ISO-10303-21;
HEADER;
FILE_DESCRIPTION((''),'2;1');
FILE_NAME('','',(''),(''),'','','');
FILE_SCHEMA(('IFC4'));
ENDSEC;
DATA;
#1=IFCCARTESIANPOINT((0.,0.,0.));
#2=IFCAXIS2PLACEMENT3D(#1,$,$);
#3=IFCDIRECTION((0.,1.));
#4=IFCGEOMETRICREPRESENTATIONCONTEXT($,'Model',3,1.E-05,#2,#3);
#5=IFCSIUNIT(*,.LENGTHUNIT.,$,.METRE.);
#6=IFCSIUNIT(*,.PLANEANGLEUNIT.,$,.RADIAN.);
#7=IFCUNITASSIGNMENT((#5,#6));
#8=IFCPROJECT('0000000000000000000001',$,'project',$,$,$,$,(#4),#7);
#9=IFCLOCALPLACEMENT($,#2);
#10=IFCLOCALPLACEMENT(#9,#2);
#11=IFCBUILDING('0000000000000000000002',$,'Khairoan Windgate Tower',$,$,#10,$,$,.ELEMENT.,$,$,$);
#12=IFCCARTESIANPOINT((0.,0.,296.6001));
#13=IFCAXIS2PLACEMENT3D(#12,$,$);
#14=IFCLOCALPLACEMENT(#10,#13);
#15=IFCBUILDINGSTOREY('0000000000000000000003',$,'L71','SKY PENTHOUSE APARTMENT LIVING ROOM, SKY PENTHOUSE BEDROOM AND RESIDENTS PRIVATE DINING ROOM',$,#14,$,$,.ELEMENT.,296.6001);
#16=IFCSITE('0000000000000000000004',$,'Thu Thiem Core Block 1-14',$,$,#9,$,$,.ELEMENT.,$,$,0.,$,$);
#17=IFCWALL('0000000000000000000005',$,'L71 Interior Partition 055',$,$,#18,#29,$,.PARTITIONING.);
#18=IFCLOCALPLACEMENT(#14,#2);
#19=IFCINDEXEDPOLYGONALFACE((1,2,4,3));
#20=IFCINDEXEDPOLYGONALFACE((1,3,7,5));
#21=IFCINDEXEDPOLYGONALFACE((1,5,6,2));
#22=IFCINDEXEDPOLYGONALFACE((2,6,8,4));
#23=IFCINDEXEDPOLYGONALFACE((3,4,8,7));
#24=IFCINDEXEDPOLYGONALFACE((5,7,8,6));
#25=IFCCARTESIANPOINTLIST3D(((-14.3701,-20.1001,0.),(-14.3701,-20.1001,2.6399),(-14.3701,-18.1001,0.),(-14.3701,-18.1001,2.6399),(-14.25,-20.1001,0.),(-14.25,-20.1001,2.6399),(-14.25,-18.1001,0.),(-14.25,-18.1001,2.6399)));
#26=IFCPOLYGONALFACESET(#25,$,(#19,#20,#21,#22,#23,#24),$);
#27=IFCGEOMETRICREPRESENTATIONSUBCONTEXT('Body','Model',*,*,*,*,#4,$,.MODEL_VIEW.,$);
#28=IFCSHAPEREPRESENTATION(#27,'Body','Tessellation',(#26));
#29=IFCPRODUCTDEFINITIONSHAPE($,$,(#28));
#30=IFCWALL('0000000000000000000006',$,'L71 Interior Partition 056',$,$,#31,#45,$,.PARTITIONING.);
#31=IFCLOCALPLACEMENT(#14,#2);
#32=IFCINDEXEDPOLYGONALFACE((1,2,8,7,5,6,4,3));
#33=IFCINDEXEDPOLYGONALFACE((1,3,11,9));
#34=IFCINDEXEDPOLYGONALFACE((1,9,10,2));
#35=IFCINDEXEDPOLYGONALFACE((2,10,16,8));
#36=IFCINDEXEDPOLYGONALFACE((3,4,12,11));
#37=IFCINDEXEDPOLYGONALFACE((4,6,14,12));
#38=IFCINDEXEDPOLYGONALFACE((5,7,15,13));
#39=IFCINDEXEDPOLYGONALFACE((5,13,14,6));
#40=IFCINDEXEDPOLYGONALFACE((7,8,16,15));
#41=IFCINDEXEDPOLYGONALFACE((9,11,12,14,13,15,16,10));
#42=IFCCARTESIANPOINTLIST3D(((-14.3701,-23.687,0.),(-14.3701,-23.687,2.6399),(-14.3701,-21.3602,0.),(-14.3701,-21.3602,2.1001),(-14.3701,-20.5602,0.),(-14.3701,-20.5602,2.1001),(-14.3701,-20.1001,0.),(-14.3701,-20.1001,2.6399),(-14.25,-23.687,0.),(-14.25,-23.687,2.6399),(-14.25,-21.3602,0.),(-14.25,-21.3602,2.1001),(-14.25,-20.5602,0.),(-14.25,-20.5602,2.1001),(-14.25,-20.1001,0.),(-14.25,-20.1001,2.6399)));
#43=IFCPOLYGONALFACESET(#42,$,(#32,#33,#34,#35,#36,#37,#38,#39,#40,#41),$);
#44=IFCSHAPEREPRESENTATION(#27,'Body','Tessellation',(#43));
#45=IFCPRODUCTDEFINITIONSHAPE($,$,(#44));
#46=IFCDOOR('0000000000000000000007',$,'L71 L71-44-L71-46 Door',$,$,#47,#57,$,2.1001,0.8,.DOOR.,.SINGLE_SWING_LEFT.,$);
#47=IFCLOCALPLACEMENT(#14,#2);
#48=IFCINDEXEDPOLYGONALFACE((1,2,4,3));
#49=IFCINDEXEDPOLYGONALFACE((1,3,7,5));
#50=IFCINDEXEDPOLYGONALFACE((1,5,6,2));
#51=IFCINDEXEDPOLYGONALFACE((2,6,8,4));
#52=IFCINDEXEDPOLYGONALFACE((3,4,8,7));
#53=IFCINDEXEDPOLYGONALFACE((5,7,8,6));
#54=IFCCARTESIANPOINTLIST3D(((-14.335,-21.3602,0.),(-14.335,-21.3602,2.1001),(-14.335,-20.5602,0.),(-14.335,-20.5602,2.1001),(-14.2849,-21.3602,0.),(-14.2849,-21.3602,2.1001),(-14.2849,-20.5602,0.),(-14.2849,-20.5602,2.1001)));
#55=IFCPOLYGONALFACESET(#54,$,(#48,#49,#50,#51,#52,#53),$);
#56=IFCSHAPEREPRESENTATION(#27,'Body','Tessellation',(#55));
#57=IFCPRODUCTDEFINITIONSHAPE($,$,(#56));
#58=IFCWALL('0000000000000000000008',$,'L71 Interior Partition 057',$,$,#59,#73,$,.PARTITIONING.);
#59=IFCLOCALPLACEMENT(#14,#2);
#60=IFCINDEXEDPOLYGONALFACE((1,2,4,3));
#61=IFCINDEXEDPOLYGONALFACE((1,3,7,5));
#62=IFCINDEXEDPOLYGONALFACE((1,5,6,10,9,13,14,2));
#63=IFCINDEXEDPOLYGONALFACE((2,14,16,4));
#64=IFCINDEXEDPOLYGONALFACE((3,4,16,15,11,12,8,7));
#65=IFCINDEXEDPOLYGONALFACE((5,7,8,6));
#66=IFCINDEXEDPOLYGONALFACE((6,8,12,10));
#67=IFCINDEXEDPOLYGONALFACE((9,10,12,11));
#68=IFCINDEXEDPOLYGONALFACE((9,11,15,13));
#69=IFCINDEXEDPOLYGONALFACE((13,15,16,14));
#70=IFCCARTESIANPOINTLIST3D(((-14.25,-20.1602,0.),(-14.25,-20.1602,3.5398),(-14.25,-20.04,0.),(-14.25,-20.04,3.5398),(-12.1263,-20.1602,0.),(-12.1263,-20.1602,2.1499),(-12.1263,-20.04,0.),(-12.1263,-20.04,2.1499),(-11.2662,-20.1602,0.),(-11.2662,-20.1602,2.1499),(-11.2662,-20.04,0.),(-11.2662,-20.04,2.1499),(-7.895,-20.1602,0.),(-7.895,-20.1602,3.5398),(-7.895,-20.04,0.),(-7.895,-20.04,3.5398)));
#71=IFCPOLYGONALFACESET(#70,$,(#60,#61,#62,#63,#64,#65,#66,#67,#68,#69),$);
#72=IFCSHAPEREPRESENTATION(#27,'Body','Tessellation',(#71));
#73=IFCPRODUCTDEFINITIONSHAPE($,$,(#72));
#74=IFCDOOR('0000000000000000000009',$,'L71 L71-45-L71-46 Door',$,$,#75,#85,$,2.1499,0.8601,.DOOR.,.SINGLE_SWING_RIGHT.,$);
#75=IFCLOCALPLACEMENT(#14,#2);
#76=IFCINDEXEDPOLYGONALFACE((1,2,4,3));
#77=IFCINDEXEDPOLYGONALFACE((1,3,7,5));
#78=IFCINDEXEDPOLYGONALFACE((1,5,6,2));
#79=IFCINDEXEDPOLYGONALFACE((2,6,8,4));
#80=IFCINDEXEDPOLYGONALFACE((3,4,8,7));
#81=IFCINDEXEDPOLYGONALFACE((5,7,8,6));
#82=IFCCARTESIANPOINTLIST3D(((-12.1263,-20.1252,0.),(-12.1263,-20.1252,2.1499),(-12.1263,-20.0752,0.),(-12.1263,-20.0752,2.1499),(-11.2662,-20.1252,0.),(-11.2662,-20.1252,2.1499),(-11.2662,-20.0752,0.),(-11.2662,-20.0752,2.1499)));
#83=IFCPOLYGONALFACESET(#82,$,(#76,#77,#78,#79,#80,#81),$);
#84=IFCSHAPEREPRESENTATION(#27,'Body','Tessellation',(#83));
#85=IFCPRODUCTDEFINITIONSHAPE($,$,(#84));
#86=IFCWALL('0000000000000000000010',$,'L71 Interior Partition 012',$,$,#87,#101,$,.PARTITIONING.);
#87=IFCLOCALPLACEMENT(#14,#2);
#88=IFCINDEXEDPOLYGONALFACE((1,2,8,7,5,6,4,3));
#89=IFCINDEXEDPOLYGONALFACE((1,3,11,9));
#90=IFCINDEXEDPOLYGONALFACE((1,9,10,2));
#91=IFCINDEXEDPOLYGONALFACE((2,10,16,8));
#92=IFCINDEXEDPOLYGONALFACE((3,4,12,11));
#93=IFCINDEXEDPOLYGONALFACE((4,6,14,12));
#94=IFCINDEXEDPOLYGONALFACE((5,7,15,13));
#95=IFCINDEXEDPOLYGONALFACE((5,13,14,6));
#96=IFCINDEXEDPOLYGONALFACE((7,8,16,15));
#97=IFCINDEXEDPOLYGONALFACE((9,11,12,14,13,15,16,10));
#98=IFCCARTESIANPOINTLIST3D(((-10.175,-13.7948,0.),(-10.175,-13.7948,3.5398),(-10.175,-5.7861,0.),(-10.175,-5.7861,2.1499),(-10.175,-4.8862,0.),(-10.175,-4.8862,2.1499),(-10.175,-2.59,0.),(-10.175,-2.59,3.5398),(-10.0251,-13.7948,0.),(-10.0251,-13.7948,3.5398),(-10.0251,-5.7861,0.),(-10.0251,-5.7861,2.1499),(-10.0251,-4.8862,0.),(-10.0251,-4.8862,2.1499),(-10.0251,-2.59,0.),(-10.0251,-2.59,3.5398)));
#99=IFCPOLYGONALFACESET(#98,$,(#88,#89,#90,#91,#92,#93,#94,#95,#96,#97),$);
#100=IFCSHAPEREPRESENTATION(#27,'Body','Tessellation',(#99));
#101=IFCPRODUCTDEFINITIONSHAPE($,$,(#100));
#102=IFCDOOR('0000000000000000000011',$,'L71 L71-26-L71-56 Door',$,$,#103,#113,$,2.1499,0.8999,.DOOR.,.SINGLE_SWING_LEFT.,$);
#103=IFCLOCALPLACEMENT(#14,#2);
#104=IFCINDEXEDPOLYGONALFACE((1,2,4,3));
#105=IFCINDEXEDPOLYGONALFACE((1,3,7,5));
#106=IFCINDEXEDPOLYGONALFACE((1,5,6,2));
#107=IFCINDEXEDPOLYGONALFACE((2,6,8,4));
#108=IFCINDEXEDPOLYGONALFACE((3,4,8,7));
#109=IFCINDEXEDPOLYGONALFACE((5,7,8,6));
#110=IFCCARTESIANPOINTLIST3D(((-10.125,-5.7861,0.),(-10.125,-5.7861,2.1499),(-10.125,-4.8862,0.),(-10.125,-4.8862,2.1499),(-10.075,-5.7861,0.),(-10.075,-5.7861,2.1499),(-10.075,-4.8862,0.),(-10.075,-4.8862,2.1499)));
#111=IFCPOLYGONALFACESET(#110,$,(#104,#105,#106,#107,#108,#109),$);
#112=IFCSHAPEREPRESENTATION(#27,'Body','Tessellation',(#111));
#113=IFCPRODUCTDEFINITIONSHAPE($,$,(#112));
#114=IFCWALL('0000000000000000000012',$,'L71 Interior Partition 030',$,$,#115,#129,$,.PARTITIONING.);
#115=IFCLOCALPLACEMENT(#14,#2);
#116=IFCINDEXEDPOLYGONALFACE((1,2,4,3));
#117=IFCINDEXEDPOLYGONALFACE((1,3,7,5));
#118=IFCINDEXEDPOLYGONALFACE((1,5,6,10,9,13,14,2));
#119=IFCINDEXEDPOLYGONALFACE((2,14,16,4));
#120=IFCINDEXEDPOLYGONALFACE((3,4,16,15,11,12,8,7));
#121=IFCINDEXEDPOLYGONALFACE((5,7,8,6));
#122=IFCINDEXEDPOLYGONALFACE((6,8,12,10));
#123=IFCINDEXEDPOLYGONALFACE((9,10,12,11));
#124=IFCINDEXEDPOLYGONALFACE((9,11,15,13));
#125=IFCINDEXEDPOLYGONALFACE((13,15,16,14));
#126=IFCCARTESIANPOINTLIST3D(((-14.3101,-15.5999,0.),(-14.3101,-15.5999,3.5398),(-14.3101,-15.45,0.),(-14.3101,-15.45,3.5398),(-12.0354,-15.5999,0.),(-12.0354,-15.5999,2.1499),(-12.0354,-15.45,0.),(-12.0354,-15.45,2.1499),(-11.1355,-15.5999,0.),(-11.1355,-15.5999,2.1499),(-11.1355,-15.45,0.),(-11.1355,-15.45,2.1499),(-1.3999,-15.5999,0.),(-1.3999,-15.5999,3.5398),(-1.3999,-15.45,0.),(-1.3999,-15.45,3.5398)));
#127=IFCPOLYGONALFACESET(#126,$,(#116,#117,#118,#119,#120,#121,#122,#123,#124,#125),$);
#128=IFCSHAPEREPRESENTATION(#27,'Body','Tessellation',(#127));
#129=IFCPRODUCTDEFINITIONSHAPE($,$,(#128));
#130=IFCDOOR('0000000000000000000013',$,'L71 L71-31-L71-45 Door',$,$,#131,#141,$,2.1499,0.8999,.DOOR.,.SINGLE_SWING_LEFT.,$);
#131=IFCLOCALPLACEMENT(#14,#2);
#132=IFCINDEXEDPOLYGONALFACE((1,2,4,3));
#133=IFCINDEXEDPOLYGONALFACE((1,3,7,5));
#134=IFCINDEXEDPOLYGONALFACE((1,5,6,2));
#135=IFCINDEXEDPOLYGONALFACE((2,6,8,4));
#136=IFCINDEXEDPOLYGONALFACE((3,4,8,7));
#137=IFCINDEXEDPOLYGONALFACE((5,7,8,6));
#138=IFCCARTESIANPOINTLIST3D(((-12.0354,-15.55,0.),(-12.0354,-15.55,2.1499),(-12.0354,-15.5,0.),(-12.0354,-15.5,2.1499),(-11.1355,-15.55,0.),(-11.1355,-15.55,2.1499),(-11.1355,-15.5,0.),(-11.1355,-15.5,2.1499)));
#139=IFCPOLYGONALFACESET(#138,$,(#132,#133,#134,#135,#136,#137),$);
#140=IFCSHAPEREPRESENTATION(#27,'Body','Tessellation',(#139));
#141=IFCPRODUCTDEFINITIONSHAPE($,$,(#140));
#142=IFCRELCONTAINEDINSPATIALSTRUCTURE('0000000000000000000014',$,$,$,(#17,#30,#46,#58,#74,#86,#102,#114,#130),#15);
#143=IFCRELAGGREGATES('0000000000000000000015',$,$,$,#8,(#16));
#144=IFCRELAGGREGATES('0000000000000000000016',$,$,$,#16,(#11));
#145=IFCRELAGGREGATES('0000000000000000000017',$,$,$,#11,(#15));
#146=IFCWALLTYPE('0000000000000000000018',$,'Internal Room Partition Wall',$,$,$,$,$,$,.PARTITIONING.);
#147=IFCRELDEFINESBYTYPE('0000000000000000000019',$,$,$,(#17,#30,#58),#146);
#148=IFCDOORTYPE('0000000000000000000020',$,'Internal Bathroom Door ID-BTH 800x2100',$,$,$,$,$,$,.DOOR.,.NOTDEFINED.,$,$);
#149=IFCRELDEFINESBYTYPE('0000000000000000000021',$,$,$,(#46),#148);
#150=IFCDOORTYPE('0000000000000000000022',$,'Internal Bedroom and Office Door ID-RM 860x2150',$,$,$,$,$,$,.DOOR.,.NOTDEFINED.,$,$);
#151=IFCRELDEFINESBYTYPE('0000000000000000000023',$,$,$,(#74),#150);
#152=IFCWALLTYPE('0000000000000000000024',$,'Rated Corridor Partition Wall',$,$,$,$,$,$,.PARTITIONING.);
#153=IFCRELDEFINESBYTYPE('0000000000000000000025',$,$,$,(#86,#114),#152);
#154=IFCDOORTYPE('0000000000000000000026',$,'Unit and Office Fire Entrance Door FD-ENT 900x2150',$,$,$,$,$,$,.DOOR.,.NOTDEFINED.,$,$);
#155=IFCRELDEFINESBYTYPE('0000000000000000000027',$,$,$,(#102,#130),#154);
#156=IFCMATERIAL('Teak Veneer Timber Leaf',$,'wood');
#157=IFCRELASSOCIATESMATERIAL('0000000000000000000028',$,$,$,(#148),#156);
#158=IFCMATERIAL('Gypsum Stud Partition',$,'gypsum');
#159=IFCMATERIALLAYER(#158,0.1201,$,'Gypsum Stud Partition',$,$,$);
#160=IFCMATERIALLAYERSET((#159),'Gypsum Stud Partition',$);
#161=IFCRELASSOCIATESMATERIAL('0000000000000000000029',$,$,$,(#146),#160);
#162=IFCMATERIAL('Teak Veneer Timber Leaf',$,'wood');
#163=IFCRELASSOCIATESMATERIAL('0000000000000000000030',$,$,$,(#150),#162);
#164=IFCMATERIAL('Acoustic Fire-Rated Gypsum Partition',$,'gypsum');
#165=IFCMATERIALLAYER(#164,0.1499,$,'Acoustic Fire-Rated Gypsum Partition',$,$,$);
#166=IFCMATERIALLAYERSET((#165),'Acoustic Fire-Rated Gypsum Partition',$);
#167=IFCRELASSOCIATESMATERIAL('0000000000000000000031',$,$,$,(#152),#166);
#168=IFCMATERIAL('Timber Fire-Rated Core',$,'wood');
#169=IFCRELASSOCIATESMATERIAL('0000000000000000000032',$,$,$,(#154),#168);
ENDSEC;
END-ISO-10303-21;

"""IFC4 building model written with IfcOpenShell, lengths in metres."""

from ifc_helpers import new_model, si_unit, direction, frame, frame_2d, origin, place, context, subcontext, project, spatial, rectangle, extrude, material, layer, layer_set, type_object, element, fill, save


model = new_model("IFC4")

# Units and contexts
model_context = context("Model", 3, precision=1e-05, world=origin(), true_north=direction((0.0, 1.0)))
body_context = subcontext(model_context, "Body", "Model", "MODEL_VIEW")
ifc_project = project(units=[si_unit("LENGTHUNIT", "METRE"), si_unit("PLANEANGLEUNIT", "RADIAN")], contexts=[model_context])

# Site, building, storey
site_placement = place(None, origin())
site = spatial("IfcSite", under=ifc_project, at=site_placement, Name="Thu Thiem Core Block 1-14", CompositionType="ELEMENT", RefElevation=0.0)
building_placement = place(site_placement, origin())
building = spatial("IfcBuilding", under=site, at=building_placement, Name="Khairoan Windgate Tower", CompositionType="ELEMENT")
storey_placement = place(building_placement, frame((0.0, 0.0, 296.6001)))
storey = spatial("IfcBuildingStorey", under=building, at=storey_placement, Name="L71", Description="SKY PENTHOUSE APARTMENT LIVING ROOM, SKY PENTHOUSE BEDROOM AND RESIDENTS PRIVATE DINING ROOM", CompositionType="ELEMENT", Elevation=296.6001)

# Shared definitions
ifc_material_1 = material(Name="Teak Veneer Timber Leaf", Category="wood")
door_type_1 = type_object("IfcDoorType", Name="Internal Bathroom Door ID-BTH 800x2100", OperationType="NOTDEFINED", PredefinedType="DOOR", material=ifc_material_1)

# Wall
ifc_material_2 = material(Name="Gypsum Stud Partition", Category="gypsum")
ifc_layer_1 = layer(ifc_material_2, 0.1201, Name="Gypsum Stud Partition")
ifc_layer_set_1 = layer_set([ifc_layer_1], Name="Gypsum Stud Partition")
wall_type_1 = type_object("IfcWallType", Name="Internal Room Partition Wall", PredefinedType="PARTITIONING", material=ifc_layer_set_1)
wall_1_placement = place(storey_placement, frame((-14.3101, -20.1001, 0.0), z_axis=(0.0, 0.0, 1.0), x_axis=(0.0, 1.0, 0.0)))
element("IfcWall", 1, at=wall_1_placement, inside=storey, type_object=wall_type_1, Name="L71 Interior Partition 055", PredefinedType="PARTITIONING", context=body_context, shape_type="SweptSolid", body=[
    extrude(rectangle(XDim=2.0, YDim=0.1201, at=frame_2d((1.0, 0.0))), origin(), (0.0, 0.0, 1.0), 2.6399),
])

# Walls, openings, doors
wall_2_placement = place(storey_placement, frame((-14.3101, -23.687, 0.0), z_axis=(0.0, 0.0, 1.0), x_axis=(0.0, 1.0, 0.0)))
wall_2 = element("IfcWall", 2, at=wall_2_placement, inside=storey, type_object=wall_type_1, Name="L71 Interior Partition 056", PredefinedType="PARTITIONING", context=body_context, shape_type="SweptSolid", body=[
    extrude(rectangle(XDim=3.5869, YDim=0.1201, at=frame_2d((1.7935, 0.0))), origin(), (0.0, 0.0, 1.0), 2.6399),
])
opening_1_placement = place(wall_2_placement, frame((2.3269, 0.0, 0.0)))
opening_1 = element("IfcOpeningElement", 3, at=opening_1_placement, cuts=wall_2, PredefinedType="OPENING", context=body_context, shape_type="SweptSolid", body=[
    extrude(rectangle(XDim=0.8, YDim=2.1001, at=frame_2d((0.3999, 1.05))), frame((0.0, 0.0701, 0.0), z_axis=(0.0, -1.0, 0.0), x_axis=(1.0, 0.0, 0.0)), (0.0, 0.0, 1.0), 0.1401),
])
door_1_placement = place(opening_1_placement, origin())
door_1 = element("IfcDoor", 4, at=door_1_placement, inside=storey, type_object=door_type_1, Name="L71 L71-44-L71-46 Door", OperationType="SINGLE_SWING_LEFT", OverallHeight=2.1001, OverallWidth=0.8, PredefinedType="DOOR", context=body_context, shape_type="SweptSolid", body=[
    extrude(rectangle(XDim=0.8, YDim=2.1001, at=frame_2d((0.3999, 1.05))), frame((0.0, 0.0249, 0.0), z_axis=(0.0, -1.0, 0.0), x_axis=(1.0, 0.0, 0.0)), (0.0, 0.0, 1.0), 0.05),
])
fill(opening_1, door_1)
wall_3_placement = place(storey_placement, frame((-14.25, -20.1001, 0.0), z_axis=(0.0, 0.0, 1.0), x_axis=(1.0, 0.0, 0.0)))
wall_3 = element("IfcWall", 5, at=wall_3_placement, inside=storey, type_object=wall_type_1, Name="L71 Interior Partition 057", PredefinedType="PARTITIONING", context=body_context, shape_type="SweptSolid", body=[
    extrude(rectangle(XDim=6.355, YDim=0.1201, at=frame_2d((3.1775, 0.0))), origin(), (0.0, 0.0, 1.0), 3.5398),
])
opening_2_placement = place(wall_3_placement, frame((2.1235, 0.0, 0.0)))
opening_2 = element("IfcOpeningElement", 6, at=opening_2_placement, cuts=wall_3, PredefinedType="OPENING", context=body_context, shape_type="SweptSolid", body=[
    extrude(rectangle(XDim=0.8601, YDim=2.1499, at=frame_2d((0.4302, 1.075))), frame((0.0, 0.0701, 0.0), z_axis=(0.0, -1.0, 0.0), x_axis=(1.0, 0.0, 0.0)), (0.0, 0.0, 1.0), 0.1401),
])
ifc_material_3 = material(Name="Teak Veneer Timber Leaf", Category="wood")
door_type_2 = type_object("IfcDoorType", Name="Internal Bedroom and Office Door ID-RM 860x2150", OperationType="NOTDEFINED", PredefinedType="DOOR", material=ifc_material_3)
door_2_placement = place(opening_2_placement, origin())
door_2 = element("IfcDoor", 7, at=door_2_placement, inside=storey, type_object=door_type_2, Name="L71 L71-45-L71-46 Door", OperationType="SINGLE_SWING_RIGHT", OverallHeight=2.1499, OverallWidth=0.8601, PredefinedType="DOOR", context=body_context, shape_type="SweptSolid", body=[
    extrude(rectangle(XDim=0.8601, YDim=2.1499, at=frame_2d((0.4302, 1.075))), frame((0.0, 0.0249, 0.0), z_axis=(0.0, -1.0, 0.0), x_axis=(1.0, 0.0, 0.0)), (0.0, 0.0, 1.0), 0.05),
])
fill(opening_2, door_2)
ifc_material_4 = material(Name="Acoustic Fire-Rated Gypsum Partition", Category="gypsum")
ifc_layer_2 = layer(ifc_material_4, 0.1499, Name="Acoustic Fire-Rated Gypsum Partition")
ifc_layer_set_2 = layer_set([ifc_layer_2], Name="Acoustic Fire-Rated Gypsum Partition")
wall_type_2 = type_object("IfcWallType", Name="Rated Corridor Partition Wall", PredefinedType="PARTITIONING", material=ifc_layer_set_2)
wall_4_placement = place(storey_placement, frame((-10.1001, -13.7949, 0.0), z_axis=(0.0, 0.0, 1.0), x_axis=(0.0, 1.0, 0.0)))
wall_4 = element("IfcWall", 8, at=wall_4_placement, inside=storey, type_object=wall_type_2, Name="L71 Interior Partition 012", PredefinedType="PARTITIONING", context=body_context, shape_type="SweptSolid", body=[
    extrude(rectangle(XDim=11.2048, YDim=0.1499, at=frame_2d((5.6025, 0.0))), origin(), (0.0, 0.0, 1.0), 3.5398),
])
opening_3_placement = place(wall_4_placement, frame((8.0088, 0.0, 0.0)))
opening_3 = element("IfcOpeningElement", 9, at=opening_3_placement, cuts=wall_4, PredefinedType="OPENING", context=body_context, shape_type="SweptSolid", body=[
    extrude(rectangle(XDim=0.8999, YDim=2.1499, at=frame_2d((0.45, 1.075))), frame((0.0, 0.085, 0.0), z_axis=(0.0, -1.0, 0.0), x_axis=(1.0, 0.0, 0.0)), (0.0, 0.0, 1.0), 0.1699),
])
ifc_material_5 = material(Name="Timber Fire-Rated Core", Category="wood")
door_type_3 = type_object("IfcDoorType", Name="Unit and Office Fire Entrance Door FD-ENT 900x2150", OperationType="NOTDEFINED", PredefinedType="DOOR", material=ifc_material_5)
door_3_placement = place(opening_3_placement, origin())
door_3 = element("IfcDoor", 10, at=door_3_placement, inside=storey, type_object=door_type_3, Name="L71 L71-26-L71-56 Door", OperationType="SINGLE_SWING_LEFT", OverallHeight=2.1499, OverallWidth=0.8999, PredefinedType="DOOR", context=body_context, shape_type="SweptSolid", body=[
    extrude(rectangle(XDim=0.8999, YDim=2.1499, at=frame_2d((0.45, 1.075))), frame((0.0, 0.0249, 0.0), z_axis=(0.0, -1.0, 0.0), x_axis=(1.0, 0.0, 0.0)), (0.0, 0.0, 1.0), 0.05),
])
fill(opening_3, door_3)
wall_5_placement = place(storey_placement, frame((-14.3101, -15.5249, 0.0), z_axis=(0.0, 0.0, 1.0), x_axis=(1.0, 0.0, 0.0)))
wall_5 = element("IfcWall", 11, at=wall_5_placement, inside=storey, type_object=wall_type_2, Name="L71 Interior Partition 030", PredefinedType="PARTITIONING", context=body_context, shape_type="SweptSolid", body=[
    extrude(rectangle(XDim=12.9102, YDim=0.1499, at=frame_2d((6.4551, 0.0))), origin(), (0.0, 0.0, 1.0), 3.5398),
])
opening_4_placement = place(wall_5_placement, frame((2.2747, 0.0, 0.0)))
opening_4 = element("IfcOpeningElement", 12, at=opening_4_placement, cuts=wall_5, PredefinedType="OPENING", context=body_context, shape_type="SweptSolid", body=[
    extrude(rectangle(XDim=0.8999, YDim=2.1499, at=frame_2d((0.45, 1.075))), frame((0.0, 0.085, 0.0), z_axis=(0.0, -1.0, 0.0), x_axis=(1.0, 0.0, 0.0)), (0.0, 0.0, 1.0), 0.1699),
])
door_4_placement = place(opening_4_placement, origin())
door_4 = element("IfcDoor", 13, at=door_4_placement, inside=storey, type_object=door_type_3, Name="L71 L71-31-L71-45 Door", OperationType="SINGLE_SWING_LEFT", OverallHeight=2.1499, OverallWidth=0.8999, PredefinedType="DOOR", context=body_context, shape_type="SweptSolid", body=[
    extrude(rectangle(XDim=0.8999, YDim=2.1499, at=frame_2d((0.45, 1.075))), frame((0.0, 0.0249, 0.0), z_axis=(0.0, -1.0, 0.0), x_axis=(1.0, 0.0, 0.0)), (0.0, 0.0, 1.0), 0.05),
])
fill(opening_4, door_4)

save(model, "model.ifc")
